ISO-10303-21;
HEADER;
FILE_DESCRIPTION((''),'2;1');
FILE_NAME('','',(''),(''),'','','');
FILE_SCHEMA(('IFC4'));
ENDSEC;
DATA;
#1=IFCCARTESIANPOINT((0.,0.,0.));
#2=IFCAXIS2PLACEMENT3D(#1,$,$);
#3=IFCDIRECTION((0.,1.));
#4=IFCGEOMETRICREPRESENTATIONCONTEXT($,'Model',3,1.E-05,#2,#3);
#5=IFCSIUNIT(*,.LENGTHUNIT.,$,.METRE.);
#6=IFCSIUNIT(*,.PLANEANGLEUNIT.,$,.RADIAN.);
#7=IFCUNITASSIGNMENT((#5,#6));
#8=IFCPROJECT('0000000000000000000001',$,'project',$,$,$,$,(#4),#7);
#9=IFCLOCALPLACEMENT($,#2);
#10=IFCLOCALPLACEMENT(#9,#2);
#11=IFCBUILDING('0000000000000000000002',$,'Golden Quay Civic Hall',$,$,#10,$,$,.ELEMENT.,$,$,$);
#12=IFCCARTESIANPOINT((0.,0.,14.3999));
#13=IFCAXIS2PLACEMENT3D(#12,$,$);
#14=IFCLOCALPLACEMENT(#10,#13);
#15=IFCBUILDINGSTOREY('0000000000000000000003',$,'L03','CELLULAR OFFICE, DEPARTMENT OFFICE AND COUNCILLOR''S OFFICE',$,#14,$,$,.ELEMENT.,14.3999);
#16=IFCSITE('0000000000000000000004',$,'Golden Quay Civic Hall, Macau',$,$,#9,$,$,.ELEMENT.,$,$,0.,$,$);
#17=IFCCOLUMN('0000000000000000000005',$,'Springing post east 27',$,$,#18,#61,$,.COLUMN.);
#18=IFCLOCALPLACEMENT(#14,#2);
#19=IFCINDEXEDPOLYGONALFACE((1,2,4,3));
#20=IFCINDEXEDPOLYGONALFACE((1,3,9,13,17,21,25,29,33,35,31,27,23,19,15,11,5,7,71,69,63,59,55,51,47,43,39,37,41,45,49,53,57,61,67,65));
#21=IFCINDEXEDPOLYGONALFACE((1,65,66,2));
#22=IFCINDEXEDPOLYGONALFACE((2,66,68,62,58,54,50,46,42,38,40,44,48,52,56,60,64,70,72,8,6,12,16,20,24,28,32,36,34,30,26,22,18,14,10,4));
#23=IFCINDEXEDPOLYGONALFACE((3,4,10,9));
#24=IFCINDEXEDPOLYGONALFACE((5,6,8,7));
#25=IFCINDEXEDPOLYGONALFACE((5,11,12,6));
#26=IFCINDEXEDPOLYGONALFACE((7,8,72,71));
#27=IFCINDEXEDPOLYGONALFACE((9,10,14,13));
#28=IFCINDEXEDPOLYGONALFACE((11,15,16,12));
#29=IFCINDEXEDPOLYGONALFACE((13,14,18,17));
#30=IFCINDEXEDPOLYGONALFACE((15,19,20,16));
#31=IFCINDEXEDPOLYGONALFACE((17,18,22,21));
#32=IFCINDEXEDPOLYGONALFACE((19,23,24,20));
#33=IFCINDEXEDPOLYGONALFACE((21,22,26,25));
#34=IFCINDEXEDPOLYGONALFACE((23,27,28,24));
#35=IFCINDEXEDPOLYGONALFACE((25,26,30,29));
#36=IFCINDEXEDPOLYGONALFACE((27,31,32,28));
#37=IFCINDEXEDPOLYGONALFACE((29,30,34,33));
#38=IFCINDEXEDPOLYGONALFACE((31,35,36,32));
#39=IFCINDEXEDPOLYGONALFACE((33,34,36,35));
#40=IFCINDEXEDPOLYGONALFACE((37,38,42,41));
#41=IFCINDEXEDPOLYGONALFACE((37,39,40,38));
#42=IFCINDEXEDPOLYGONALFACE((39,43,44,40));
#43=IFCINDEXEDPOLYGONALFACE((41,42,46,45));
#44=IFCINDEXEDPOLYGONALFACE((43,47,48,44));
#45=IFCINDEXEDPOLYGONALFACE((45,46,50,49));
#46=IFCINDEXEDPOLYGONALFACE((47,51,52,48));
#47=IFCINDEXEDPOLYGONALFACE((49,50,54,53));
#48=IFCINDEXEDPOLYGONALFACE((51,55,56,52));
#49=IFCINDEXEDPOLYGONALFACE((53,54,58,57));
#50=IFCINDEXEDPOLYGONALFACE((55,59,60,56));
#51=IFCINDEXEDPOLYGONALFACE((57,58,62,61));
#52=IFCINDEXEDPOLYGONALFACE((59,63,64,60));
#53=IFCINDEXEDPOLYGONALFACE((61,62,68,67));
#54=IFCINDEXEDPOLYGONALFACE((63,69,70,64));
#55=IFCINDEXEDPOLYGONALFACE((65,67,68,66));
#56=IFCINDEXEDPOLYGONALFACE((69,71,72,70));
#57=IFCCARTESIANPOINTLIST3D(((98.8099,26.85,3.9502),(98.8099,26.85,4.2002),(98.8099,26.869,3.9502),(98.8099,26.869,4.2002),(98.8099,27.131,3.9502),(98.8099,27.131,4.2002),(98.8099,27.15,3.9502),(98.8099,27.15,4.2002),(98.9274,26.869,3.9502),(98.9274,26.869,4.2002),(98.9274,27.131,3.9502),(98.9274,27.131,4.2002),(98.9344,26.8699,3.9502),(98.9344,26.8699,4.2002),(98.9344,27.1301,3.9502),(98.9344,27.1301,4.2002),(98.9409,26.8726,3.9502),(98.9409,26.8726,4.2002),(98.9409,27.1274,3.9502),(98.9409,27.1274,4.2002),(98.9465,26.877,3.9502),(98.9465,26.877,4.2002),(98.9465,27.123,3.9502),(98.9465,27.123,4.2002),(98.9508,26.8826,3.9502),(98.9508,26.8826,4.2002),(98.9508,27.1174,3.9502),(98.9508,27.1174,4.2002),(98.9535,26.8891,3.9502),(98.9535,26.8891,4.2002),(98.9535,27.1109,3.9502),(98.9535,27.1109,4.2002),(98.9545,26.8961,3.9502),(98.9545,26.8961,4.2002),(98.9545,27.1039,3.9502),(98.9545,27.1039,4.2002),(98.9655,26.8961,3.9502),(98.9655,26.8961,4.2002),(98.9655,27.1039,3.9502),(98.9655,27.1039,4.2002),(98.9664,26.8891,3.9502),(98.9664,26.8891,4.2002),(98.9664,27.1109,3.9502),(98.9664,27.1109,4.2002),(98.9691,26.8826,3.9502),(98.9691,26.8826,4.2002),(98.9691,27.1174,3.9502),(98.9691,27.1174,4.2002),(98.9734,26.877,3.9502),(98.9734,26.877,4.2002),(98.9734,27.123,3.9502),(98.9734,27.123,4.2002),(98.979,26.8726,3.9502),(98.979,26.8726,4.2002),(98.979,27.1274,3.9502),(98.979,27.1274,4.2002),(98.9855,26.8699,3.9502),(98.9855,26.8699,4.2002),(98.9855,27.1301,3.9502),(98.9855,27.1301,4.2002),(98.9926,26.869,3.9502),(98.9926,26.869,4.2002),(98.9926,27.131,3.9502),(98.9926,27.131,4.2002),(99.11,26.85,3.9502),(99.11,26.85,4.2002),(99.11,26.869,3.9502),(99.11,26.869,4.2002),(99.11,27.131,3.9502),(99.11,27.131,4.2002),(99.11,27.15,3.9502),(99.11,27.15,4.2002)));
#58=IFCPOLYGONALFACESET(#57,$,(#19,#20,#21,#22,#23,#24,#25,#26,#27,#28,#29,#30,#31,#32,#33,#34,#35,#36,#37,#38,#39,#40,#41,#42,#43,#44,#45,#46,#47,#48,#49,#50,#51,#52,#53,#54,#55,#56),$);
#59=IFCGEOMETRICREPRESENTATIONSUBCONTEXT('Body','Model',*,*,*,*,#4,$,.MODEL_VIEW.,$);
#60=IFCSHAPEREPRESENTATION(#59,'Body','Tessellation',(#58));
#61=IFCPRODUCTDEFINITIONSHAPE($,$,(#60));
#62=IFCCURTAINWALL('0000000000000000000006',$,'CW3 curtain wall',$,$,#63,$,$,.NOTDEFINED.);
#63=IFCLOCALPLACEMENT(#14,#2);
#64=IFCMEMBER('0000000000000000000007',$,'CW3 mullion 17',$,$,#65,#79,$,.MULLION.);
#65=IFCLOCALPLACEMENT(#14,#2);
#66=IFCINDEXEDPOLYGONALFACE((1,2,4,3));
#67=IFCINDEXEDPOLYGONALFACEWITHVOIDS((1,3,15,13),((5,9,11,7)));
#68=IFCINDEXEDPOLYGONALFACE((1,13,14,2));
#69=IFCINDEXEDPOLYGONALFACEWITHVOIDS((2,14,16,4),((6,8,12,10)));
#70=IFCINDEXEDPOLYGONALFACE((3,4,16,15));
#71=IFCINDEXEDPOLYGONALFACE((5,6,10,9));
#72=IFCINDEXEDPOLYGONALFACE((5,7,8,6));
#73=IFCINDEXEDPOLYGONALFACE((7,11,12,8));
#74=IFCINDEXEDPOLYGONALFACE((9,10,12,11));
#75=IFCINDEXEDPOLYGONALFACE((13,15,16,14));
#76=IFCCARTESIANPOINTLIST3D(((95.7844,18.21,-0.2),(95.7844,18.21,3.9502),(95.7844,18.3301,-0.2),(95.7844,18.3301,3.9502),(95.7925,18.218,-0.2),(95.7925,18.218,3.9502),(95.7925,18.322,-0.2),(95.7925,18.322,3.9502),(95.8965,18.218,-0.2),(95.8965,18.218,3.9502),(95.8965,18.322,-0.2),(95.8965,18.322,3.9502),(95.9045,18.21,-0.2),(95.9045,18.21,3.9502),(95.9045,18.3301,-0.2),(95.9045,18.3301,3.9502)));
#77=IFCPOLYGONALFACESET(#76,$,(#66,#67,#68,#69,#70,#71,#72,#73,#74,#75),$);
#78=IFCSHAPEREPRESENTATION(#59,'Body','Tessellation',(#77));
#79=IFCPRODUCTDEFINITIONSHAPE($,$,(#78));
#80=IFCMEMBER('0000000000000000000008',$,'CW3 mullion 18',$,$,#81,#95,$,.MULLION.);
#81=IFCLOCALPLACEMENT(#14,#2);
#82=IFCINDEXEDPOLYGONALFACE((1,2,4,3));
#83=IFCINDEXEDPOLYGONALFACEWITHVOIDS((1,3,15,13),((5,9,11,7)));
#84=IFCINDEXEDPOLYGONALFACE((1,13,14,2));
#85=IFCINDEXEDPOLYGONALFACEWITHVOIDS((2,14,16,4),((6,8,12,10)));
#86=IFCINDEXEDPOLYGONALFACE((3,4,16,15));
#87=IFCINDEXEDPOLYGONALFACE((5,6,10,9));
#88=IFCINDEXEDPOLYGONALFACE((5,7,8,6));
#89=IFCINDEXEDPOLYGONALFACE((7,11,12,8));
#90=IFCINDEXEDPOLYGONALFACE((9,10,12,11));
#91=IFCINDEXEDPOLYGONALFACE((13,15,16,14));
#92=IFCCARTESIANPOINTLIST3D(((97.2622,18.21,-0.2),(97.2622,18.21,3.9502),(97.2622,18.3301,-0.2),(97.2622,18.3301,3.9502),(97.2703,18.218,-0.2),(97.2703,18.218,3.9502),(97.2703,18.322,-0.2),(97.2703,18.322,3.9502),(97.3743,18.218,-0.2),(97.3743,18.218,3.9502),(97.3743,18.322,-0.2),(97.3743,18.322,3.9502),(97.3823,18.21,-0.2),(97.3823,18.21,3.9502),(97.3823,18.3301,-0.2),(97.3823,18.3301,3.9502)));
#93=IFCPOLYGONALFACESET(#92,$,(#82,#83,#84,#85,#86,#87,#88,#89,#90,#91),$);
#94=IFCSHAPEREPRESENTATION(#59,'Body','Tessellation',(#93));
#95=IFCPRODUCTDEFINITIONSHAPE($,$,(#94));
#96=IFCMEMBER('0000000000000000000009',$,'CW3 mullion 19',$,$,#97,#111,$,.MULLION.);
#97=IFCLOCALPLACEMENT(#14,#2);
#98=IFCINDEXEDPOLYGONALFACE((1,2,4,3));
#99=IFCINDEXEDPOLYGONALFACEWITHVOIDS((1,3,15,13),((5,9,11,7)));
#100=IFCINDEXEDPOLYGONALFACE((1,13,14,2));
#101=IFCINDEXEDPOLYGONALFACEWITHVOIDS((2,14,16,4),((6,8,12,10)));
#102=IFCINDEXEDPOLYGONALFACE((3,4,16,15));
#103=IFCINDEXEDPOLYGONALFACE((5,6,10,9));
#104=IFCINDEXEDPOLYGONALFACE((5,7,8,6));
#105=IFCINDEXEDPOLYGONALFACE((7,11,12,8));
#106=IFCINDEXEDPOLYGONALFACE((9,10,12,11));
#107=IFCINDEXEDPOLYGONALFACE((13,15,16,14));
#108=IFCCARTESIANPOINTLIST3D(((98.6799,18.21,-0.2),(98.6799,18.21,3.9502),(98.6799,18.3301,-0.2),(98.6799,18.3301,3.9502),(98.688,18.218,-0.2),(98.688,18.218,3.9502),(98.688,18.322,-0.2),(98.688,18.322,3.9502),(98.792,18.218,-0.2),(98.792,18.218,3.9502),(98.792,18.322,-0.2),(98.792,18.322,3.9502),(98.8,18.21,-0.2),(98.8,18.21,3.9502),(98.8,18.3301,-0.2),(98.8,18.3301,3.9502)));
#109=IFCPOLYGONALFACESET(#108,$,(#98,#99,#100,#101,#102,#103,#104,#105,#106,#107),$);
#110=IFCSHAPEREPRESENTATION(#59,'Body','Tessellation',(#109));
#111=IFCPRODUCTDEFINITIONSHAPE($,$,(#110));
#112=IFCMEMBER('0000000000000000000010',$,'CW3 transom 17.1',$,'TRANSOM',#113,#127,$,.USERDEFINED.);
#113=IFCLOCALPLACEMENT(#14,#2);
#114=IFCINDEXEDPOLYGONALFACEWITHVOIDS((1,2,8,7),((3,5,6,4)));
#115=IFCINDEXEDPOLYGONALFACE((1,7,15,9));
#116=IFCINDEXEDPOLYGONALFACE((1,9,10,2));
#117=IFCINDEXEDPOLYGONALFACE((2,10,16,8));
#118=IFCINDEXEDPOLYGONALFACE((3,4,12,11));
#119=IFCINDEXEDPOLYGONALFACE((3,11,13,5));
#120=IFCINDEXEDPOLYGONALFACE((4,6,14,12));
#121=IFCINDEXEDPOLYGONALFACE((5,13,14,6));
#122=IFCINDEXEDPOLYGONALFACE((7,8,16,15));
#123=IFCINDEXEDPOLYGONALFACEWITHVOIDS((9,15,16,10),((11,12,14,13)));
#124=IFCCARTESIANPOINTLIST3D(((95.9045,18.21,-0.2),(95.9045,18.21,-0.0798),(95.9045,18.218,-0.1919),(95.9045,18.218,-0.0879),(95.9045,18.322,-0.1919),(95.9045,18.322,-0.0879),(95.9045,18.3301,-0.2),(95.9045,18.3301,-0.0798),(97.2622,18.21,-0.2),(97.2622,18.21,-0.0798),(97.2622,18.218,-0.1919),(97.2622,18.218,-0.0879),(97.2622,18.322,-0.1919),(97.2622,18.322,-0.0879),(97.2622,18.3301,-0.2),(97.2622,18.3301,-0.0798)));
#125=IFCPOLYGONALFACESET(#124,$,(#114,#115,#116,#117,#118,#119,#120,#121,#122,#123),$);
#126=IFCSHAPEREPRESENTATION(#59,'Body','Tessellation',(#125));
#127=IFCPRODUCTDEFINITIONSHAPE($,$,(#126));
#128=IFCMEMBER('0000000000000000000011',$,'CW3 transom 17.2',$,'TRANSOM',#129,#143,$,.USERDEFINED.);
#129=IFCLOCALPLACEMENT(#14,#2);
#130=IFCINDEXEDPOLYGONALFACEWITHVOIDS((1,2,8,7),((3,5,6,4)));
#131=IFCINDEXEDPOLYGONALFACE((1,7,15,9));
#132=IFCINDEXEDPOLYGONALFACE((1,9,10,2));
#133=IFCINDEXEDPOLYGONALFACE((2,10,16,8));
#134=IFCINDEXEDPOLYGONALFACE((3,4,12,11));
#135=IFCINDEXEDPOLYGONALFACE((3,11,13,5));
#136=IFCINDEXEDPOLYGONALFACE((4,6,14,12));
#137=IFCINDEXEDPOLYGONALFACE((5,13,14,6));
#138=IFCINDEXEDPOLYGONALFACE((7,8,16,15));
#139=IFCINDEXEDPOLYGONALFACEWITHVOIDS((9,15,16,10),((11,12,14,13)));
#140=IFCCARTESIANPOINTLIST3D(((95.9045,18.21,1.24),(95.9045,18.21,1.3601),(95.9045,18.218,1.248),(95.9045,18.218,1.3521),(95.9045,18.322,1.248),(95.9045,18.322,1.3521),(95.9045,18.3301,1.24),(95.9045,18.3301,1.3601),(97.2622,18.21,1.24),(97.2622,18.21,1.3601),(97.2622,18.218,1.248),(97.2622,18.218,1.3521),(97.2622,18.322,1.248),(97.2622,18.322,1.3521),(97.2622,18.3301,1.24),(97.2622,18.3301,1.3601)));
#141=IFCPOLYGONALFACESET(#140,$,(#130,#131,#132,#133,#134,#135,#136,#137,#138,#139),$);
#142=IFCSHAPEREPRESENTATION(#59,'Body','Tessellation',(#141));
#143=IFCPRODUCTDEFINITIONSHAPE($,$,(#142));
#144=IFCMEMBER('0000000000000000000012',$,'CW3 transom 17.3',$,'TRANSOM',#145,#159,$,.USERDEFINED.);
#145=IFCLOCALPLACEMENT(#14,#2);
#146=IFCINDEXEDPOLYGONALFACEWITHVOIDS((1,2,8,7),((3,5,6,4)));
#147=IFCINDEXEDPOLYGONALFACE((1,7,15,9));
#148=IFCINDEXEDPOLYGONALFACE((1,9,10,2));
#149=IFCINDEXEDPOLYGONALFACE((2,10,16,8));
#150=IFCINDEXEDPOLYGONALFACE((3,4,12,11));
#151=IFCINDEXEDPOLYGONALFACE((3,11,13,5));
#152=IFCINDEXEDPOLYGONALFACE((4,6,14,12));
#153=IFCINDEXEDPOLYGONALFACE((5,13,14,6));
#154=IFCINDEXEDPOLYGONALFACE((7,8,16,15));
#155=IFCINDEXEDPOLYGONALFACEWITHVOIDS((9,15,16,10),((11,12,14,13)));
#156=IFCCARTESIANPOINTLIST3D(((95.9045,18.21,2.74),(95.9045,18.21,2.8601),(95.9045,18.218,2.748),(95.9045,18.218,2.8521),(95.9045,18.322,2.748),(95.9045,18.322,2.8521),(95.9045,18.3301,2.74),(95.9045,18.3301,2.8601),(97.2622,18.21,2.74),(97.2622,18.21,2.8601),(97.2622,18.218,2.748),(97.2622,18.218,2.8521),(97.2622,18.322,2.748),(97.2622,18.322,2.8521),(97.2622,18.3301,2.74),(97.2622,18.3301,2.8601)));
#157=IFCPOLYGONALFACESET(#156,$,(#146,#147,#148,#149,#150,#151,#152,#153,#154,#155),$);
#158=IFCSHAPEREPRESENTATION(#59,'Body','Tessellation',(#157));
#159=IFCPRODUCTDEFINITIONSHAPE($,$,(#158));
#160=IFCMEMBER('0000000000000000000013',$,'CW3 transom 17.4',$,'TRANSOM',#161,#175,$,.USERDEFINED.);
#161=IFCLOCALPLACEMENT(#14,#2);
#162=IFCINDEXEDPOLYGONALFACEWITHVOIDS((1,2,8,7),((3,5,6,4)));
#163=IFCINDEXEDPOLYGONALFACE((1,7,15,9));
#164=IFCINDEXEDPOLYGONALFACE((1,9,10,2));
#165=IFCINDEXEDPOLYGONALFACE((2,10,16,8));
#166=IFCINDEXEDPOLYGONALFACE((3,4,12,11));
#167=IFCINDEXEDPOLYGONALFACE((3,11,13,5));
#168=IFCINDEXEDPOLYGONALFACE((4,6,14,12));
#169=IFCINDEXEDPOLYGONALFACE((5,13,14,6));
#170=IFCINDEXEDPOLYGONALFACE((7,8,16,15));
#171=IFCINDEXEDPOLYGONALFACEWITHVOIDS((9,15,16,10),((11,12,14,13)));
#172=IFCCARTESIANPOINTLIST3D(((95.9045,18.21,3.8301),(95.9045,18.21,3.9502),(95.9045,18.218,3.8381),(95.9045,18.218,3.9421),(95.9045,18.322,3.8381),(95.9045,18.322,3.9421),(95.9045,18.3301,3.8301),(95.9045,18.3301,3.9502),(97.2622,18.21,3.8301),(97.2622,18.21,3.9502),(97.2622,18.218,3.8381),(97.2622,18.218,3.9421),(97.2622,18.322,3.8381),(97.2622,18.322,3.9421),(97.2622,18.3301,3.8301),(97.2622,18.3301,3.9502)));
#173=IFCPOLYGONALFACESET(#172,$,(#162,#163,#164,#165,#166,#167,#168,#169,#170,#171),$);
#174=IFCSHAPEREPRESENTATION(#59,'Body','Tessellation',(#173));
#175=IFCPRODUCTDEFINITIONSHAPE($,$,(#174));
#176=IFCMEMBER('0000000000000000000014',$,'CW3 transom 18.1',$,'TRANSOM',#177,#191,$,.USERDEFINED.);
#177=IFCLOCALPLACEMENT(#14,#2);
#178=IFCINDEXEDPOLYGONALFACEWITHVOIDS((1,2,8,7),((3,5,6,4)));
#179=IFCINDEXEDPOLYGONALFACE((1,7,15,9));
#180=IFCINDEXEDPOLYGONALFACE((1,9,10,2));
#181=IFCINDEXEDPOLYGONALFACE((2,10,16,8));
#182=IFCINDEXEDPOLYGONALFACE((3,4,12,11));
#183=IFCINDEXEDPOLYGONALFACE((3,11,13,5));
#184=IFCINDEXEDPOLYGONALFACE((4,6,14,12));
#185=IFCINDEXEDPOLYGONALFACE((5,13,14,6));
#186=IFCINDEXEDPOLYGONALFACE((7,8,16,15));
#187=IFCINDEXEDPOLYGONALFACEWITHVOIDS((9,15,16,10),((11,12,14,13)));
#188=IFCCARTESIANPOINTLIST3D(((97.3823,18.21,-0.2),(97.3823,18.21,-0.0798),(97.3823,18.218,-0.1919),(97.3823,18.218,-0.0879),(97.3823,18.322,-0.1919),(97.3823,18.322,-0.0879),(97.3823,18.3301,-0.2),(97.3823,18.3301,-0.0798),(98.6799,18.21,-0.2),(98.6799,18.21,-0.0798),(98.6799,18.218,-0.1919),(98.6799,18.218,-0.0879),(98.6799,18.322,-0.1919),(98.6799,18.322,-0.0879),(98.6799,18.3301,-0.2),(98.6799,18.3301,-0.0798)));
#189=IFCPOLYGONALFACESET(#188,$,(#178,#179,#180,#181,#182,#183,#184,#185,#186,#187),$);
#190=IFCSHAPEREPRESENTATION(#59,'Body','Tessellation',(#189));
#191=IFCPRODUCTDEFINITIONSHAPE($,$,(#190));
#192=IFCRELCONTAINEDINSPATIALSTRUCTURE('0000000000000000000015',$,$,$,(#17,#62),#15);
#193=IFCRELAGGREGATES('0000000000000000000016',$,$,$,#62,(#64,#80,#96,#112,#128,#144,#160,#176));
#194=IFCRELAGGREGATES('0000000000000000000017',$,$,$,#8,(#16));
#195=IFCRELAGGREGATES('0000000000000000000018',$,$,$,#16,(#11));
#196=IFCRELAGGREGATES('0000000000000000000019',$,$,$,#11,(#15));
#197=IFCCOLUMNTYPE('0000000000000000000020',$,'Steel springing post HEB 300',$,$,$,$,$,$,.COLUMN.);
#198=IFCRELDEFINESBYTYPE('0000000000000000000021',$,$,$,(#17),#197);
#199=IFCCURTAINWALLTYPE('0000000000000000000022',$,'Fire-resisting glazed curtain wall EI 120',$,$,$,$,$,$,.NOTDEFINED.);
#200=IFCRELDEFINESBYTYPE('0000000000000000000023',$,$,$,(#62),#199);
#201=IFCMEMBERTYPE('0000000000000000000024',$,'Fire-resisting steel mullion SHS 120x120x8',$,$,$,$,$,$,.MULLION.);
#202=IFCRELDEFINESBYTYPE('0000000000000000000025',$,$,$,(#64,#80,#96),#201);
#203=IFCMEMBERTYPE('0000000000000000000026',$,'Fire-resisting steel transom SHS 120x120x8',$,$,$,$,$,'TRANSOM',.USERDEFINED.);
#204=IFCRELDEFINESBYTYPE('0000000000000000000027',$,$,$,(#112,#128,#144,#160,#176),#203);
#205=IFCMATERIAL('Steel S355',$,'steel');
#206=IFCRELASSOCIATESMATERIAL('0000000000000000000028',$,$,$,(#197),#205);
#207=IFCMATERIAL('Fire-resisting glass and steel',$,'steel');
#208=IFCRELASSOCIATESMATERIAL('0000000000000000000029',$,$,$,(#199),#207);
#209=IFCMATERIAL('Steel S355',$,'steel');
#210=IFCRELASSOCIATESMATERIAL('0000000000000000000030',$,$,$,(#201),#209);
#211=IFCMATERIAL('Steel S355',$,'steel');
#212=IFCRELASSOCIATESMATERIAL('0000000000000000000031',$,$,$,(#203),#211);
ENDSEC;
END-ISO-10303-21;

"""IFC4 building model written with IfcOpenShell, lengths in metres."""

from ifc_helpers import new_model, si_unit, direction, frame, origin, origin_2d, place, context, subcontext, project, spatial, hollow_rectangle, i_section, extrude, material, material_profile, profile_set, type_object, element, aggregate, save


model = new_model("IFC4")

# Units and contexts
model_context = context("Model", 3, precision=1e-05, world=origin(), true_north=direction((0.0, 1.0)))
body_context = subcontext(model_context, "Body", "Model", "MODEL_VIEW")
ifc_project = project(units=[si_unit("LENGTHUNIT", "METRE"), si_unit("PLANEANGLEUNIT", "RADIAN")], contexts=[model_context])

# Site, building, storey
site_placement = place(None, origin())
site = spatial("IfcSite", under=ifc_project, at=site_placement, Name="Golden Quay Civic Hall, Macau", CompositionType="ELEMENT", RefElevation=0.0)
building_placement = place(site_placement, origin())
building = spatial("IfcBuilding", under=site, at=building_placement, Name="Golden Quay Civic Hall", CompositionType="ELEMENT")
storey_placement = place(building_placement, frame((0.0, 0.0, 14.3999)))
storey = spatial("IfcBuildingStorey", under=building, at=storey_placement, Name="L03", Description="CELLULAR OFFICE, DEPARTMENT OFFICE AND COUNCILLOR'S OFFICE", CompositionType="ELEMENT", Elevation=14.3999)

# Column
ifc_material_1 = material(Name="Steel S355", Category="steel")
ifc_material_profile_1 = material_profile(ifc_material_1, i_section(OverallWidth=0.3, OverallDepth=0.3, WebThickness=0.011, FlangeThickness=0.019, FilletRadius=0.0271, at=origin_2d()), Name="HEB 300")
ifc_profile_set_1 = profile_set([ifc_material_profile_1], Name="Steel S355")
column_type = type_object("IfcColumnType", Name="Steel springing post HEB 300", PredefinedType="COLUMN", material=ifc_profile_set_1)
column_placement = place(storey_placement, frame((98.96, 27.0, 3.9502), z_axis=(0.0, 0.0, 1.0), x_axis=(1.0, 0.0, 0.0)))
element("IfcColumn", 1, at=column_placement, inside=storey, type_object=column_type, Name="Springing post east 27", PredefinedType="COLUMN", context=body_context, shape_type="SweptSolid", body=[
    extrude(i_section(OverallWidth=0.3, OverallDepth=0.3, WebThickness=0.011, FlangeThickness=0.019, FilletRadius=0.0271, at=origin_2d()), origin(), (0.0, 0.0, 1.0), 0.25),
])

# Curtain wall, members
ifc_material_2 = material(Name="Fire-resisting glass and steel", Category="steel")
curtain_wall_type = type_object("IfcCurtainWallType", Name="Fire-resisting glazed curtain wall EI 120", PredefinedType="NOTDEFINED", material=ifc_material_2)
curtain_wall_placement = place(storey_placement, origin())
curtain_wall = element("IfcCurtainWall", 2, at=curtain_wall_placement, inside=storey, type_object=curtain_wall_type, Name="CW3 curtain wall", PredefinedType="NOTDEFINED")
ifc_material_3 = material(Name="Steel S355", Category="steel")
ifc_material_profile_2 = material_profile(ifc_material_3, hollow_rectangle(XDim=0.1201, YDim=0.1201, WallThickness=0.0081, at=origin_2d()), Name="SHS 120x120x8")
ifc_profile_set_2 = profile_set([ifc_material_profile_2], Name="Steel S355")
member_type_1 = type_object("IfcMemberType", Name="Fire-resisting steel mullion SHS 120x120x8", PredefinedType="MULLION", material=ifc_profile_set_2)
member_1_placement = place(storey_placement, frame((95.8445, 18.27, -0.2), z_axis=(0.0, 0.0, 1.0), x_axis=(0.0, 1.0, 0.0)))
member_1 = element("IfcMember", 3, at=member_1_placement, type_object=member_type_1, Name="CW3 mullion 17", PredefinedType="MULLION", context=body_context, shape_type="SweptSolid", body=[
    extrude(hollow_rectangle(XDim=0.1201, YDim=0.1201, WallThickness=0.0081, at=origin_2d()), origin(), (0.0, 0.0, 1.0), 4.1501),
])
member_2_placement = place(storey_placement, frame((97.3223, 18.27, -0.2), z_axis=(0.0, 0.0, 1.0), x_axis=(0.0, 1.0, 0.0)))
member_2 = element("IfcMember", 4, at=member_2_placement, type_object=member_type_1, Name="CW3 mullion 18", PredefinedType="MULLION", context=body_context, shape_type="SweptSolid", body=[
    extrude(hollow_rectangle(XDim=0.1201, YDim=0.1201, WallThickness=0.0081, at=origin_2d()), origin(), (0.0, 0.0, 1.0), 4.1501),
])
member_3_placement = place(storey_placement, frame((98.74, 18.27, -0.2), z_axis=(0.0, 0.0, 1.0), x_axis=(0.0, 1.0, 0.0)))
member_3 = element("IfcMember", 5, at=member_3_placement, type_object=member_type_1, Name="CW3 mullion 19", PredefinedType="MULLION", context=body_context, shape_type="SweptSolid", body=[
    extrude(hollow_rectangle(XDim=0.1201, YDim=0.1201, WallThickness=0.0081, at=origin_2d()), origin(), (0.0, 0.0, 1.0), 4.1501),
])
ifc_material_4 = material(Name="Steel S355", Category="steel")
ifc_material_profile_3 = material_profile(ifc_material_4, hollow_rectangle(XDim=0.1201, YDim=0.1201, WallThickness=0.0081, at=origin_2d()), Name="SHS 120x120x8")
ifc_profile_set_3 = profile_set([ifc_material_profile_3], Name="Steel S355")
member_type_2 = type_object("IfcMemberType", Name="Fire-resisting steel transom SHS 120x120x8", ElementType="TRANSOM", PredefinedType="USERDEFINED", material=ifc_profile_set_3)
member_4_placement = place(storey_placement, frame((95.9045, 18.27, -0.1399), z_axis=(1.0, 0.0, 0.0), x_axis=(0.0, 1.0, 0.0)))
member_4 = element("IfcMember", 6, at=member_4_placement, type_object=member_type_2, Name="CW3 transom 17.1", ObjectType="TRANSOM", PredefinedType="USERDEFINED", context=body_context, shape_type="SweptSolid", body=[
    extrude(hollow_rectangle(XDim=0.1201, YDim=0.1201, WallThickness=0.0081, at=origin_2d()), origin(), (0.0, 0.0, 1.0), 1.3577),
])
member_5_placement = place(storey_placement, frame((95.9045, 18.27, 1.3), z_axis=(1.0, 0.0, 0.0), x_axis=(0.0, 1.0, 0.0)))
member_5 = element("IfcMember", 7, at=member_5_placement, type_object=member_type_2, Name="CW3 transom 17.2", ObjectType="TRANSOM", PredefinedType="USERDEFINED", context=body_context, shape_type="SweptSolid", body=[
    extrude(hollow_rectangle(XDim=0.1201, YDim=0.1201, WallThickness=0.0081, at=origin_2d()), origin(), (0.0, 0.0, 1.0), 1.3577),
])
member_6_placement = place(storey_placement, frame((95.9045, 18.27, 2.8), z_axis=(1.0, 0.0, 0.0), x_axis=(0.0, 1.0, 0.0)))
member_6 = element("IfcMember", 8, at=member_6_placement, type_object=member_type_2, Name="CW3 transom 17.3", ObjectType="TRANSOM", PredefinedType="USERDEFINED", context=body_context, shape_type="SweptSolid", body=[
    extrude(hollow_rectangle(XDim=0.1201, YDim=0.1201, WallThickness=0.0081, at=origin_2d()), origin(), (0.0, 0.0, 1.0), 1.3577),
])
member_7_placement = place(storey_placement, frame((95.9045, 18.27, 3.8901), z_axis=(1.0, 0.0, 0.0), x_axis=(0.0, 1.0, 0.0)))
member_7 = element("IfcMember", 9, at=member_7_placement, type_object=member_type_2, Name="CW3 transom 17.4", ObjectType="TRANSOM", PredefinedType="USERDEFINED", context=body_context, shape_type="SweptSolid", body=[
    extrude(hollow_rectangle(XDim=0.1201, YDim=0.1201, WallThickness=0.0081, at=origin_2d()), origin(), (0.0, 0.0, 1.0), 1.3577),
])
member_8_placement = place(storey_placement, frame((97.3823, 18.27, -0.1399), z_axis=(1.0, 0.0, 0.0), x_axis=(0.0, 1.0, 0.0)))
member_8 = element("IfcMember", 10, at=member_8_placement, type_object=member_type_2, Name="CW3 transom 18.1", ObjectType="TRANSOM", PredefinedType="USERDEFINED", context=body_context, shape_type="SweptSolid", body=[
    extrude(hollow_rectangle(XDim=0.1201, YDim=0.1201, WallThickness=0.0081, at=origin_2d()), origin(), (0.0, 0.0, 1.0), 1.2976),
])

aggregate(curtain_wall, [member_1, member_2, member_3, member_4, member_5, member_6, member_7, member_8])

save(model, "model.ifc")
